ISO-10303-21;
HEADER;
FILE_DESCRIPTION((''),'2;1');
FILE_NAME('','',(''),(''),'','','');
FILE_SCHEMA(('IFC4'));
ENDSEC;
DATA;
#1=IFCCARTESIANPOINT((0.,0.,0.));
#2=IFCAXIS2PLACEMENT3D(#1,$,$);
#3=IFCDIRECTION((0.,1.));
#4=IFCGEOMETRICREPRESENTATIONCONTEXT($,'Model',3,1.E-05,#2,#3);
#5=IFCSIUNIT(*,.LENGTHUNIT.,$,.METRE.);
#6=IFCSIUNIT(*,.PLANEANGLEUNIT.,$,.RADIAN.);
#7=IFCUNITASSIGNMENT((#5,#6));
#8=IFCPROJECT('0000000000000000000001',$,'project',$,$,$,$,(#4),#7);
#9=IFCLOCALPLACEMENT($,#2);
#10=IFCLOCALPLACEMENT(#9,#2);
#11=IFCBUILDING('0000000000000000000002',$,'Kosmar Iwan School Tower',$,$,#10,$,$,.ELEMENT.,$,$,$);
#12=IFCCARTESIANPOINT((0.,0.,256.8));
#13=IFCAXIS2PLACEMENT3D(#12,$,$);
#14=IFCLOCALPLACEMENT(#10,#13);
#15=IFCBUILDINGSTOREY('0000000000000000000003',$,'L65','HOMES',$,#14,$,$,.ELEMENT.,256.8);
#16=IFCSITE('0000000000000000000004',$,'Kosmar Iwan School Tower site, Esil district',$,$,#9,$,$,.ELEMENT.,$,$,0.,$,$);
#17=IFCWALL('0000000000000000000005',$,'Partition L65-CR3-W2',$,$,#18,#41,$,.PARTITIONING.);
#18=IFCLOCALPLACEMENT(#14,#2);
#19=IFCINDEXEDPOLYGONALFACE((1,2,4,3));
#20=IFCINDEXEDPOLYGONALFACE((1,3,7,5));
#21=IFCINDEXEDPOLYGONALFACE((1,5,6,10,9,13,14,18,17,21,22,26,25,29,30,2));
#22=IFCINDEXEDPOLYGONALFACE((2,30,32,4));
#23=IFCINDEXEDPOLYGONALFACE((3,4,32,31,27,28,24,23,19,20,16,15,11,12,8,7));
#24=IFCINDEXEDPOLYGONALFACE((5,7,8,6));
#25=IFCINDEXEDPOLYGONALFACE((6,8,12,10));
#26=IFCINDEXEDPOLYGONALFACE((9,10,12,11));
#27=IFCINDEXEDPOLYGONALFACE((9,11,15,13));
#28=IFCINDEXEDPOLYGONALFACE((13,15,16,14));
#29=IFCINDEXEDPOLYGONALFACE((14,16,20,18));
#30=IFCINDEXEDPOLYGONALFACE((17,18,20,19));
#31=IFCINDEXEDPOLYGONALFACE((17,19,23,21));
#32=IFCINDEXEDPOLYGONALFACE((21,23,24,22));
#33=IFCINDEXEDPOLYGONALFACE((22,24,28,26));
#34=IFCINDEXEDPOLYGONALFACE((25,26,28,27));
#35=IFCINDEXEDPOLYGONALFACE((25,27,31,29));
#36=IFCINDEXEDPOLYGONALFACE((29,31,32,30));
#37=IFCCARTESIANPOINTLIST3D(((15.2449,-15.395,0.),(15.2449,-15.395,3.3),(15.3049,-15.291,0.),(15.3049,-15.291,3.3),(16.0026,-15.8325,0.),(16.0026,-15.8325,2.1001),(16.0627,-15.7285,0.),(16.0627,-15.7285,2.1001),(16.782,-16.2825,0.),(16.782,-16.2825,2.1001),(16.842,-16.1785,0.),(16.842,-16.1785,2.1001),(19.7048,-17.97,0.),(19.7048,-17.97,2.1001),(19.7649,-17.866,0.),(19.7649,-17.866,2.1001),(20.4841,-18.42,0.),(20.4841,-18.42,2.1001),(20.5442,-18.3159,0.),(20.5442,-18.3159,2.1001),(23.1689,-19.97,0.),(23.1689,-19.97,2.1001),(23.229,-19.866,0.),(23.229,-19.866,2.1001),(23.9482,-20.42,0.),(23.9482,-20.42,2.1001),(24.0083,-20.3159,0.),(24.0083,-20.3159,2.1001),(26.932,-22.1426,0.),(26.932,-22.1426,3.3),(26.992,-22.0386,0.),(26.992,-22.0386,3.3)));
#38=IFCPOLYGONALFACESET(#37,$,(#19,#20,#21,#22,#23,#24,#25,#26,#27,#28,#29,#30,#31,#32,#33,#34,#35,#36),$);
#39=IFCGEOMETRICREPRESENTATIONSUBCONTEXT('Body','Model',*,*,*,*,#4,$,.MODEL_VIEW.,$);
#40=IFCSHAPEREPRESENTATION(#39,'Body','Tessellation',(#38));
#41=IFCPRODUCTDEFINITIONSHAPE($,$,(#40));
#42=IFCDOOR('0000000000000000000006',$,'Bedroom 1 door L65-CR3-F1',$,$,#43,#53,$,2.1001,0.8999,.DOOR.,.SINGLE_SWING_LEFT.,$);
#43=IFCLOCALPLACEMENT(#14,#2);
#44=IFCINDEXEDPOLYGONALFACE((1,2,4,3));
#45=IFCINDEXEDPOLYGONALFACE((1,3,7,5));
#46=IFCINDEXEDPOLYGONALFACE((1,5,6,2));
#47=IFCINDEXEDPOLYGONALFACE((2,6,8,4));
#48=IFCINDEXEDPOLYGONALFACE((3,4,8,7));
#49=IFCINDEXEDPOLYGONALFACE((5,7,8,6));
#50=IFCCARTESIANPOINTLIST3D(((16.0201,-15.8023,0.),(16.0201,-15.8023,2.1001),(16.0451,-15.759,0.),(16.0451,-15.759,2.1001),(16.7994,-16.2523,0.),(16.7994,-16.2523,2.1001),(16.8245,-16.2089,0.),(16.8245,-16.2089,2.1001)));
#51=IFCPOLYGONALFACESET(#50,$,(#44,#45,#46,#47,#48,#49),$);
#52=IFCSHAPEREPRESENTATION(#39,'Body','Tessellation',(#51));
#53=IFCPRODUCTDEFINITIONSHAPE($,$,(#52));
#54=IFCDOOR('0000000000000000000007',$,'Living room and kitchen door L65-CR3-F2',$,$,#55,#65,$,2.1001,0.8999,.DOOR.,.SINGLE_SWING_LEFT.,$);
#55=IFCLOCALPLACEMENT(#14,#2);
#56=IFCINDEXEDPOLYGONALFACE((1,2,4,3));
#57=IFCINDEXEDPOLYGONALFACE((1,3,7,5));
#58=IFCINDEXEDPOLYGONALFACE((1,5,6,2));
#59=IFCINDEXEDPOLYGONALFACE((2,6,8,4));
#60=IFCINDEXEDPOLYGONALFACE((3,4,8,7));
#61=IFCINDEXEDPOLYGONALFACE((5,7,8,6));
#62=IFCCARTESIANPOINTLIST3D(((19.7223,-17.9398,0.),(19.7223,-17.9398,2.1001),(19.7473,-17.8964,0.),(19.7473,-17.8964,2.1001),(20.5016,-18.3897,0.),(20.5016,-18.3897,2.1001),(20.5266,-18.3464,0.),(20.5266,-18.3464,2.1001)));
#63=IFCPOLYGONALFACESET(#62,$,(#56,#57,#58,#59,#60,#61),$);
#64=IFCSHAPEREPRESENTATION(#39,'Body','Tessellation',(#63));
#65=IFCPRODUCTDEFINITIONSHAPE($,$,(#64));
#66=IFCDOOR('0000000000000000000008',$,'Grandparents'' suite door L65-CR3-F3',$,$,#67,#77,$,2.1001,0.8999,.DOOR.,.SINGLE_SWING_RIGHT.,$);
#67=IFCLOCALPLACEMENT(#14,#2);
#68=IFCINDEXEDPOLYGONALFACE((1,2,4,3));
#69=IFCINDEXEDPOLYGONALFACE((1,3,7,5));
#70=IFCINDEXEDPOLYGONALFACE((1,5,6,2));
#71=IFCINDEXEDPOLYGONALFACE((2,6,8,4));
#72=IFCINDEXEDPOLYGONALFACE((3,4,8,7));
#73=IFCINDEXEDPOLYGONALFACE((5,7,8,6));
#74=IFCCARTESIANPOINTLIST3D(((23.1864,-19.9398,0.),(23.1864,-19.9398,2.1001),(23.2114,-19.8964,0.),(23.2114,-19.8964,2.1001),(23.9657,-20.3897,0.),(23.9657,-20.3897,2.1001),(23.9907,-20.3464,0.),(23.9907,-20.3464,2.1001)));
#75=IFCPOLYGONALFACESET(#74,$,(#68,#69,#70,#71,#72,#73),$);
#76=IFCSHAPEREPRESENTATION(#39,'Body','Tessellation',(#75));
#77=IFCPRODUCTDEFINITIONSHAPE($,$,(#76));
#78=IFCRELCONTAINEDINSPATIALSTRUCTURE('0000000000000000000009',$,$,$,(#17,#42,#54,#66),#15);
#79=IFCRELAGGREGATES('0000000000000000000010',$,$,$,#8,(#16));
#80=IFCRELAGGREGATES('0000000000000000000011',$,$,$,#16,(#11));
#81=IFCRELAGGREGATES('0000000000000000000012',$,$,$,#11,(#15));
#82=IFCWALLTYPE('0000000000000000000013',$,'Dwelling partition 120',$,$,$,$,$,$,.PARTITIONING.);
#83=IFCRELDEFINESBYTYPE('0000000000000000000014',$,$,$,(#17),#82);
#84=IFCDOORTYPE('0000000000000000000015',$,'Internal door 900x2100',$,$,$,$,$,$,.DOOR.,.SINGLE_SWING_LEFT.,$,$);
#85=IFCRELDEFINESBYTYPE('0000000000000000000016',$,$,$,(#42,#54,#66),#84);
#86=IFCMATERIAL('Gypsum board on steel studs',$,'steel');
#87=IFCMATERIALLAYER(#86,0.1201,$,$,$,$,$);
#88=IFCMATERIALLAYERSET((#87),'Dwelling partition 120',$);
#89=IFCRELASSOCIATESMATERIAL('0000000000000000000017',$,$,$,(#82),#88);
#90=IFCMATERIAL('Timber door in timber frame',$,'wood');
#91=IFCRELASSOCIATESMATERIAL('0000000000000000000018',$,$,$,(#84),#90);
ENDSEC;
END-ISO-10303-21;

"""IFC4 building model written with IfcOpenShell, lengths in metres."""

from ifc_helpers import new_model, si_unit, direction, frame, frame_2d, origin, place, context, subcontext, project, spatial, rectangle, extrude, material, layer, layer_set, type_object, element, fill, save


model = new_model("IFC4")

# Units and contexts
model_context = context("Model", 3, precision=1e-05, world=origin(), true_north=direction((0.0, 1.0)))
body_context = subcontext(model_context, "Body", "Model", "MODEL_VIEW")
ifc_project = project(units=[si_unit("LENGTHUNIT", "METRE"), si_unit("PLANEANGLEUNIT", "RADIAN")], contexts=[model_context])

# Site, building, storey
site_placement = place(None, origin())
site = spatial("IfcSite", under=ifc_project, at=site_placement, Name="Kosmar Iwan School Tower site, Esil district", CompositionType="ELEMENT", RefElevation=0.0)
building_placement = place(site_placement, origin())
building = spatial("IfcBuilding", under=site, at=building_placement, Name="Kosmar Iwan School Tower", CompositionType="ELEMENT")
storey_placement = place(building_placement, frame((0.0, 0.0, 256.8)))
storey = spatial("IfcBuildingStorey", under=building, at=storey_placement, Name="L65", Description="HOMES", CompositionType="ELEMENT", Elevation=256.8)

# Wall, openings, doors
ifc_material_1 = material(Name="Gypsum board on steel studs", Category="steel")
ifc_layer = layer(ifc_material_1, 0.1201)
ifc_layer_set = layer_set([ifc_layer], Name="Dwelling partition 120")
wall_type = type_object("IfcWallType", Name="Dwelling partition 120", PredefinedType="PARTITIONING", material=ifc_layer_set)
ifc_material_2 = material(Name="Timber door in timber frame", Category="wood")
door_type_1 = type_object("IfcDoorType", Name="Internal door 900x2100", OperationType="SINGLE_SWING_LEFT", PredefinedType="DOOR", material=ifc_material_2)
wall_1_placement = place(storey_placement, frame((15.2749, -15.343, 0.0), z_axis=(0.0, 0.0, 1.0), x_axis=(0.866024, -0.500003, 0.0)))
wall_1 = element("IfcWall", 1, at=wall_1_placement, inside=storey, type_object=wall_type, Name="Partition L65-CR3-W2", PredefinedType="PARTITIONING", context=body_context, shape_type="SweptSolid", body=[
    extrude(rectangle(XDim=13.4951, YDim=0.1201, at=frame_2d((6.7476, 0.0))), origin(), (0.0, 0.0, 1.0), 3.3),
])
opening_1_placement = place(wall_1_placement, frame((0.875, 0.0, 0.0)))
opening_1 = element("IfcOpeningElement", 2, at=opening_1_placement, cuts=wall_1, PredefinedType="OPENING", context=body_context, shape_type="SweptSolid", body=[
    extrude(rectangle(XDim=0.8999, YDim=2.1001, at=frame_2d((0.45, 1.05))), frame((0.0, 0.072, 0.0), z_axis=(0.0, -1.0, 0.0), x_axis=(1.0, 0.0, 0.0)), (0.0, 0.0, 1.0), 0.144),
])
opening_2_placement = place(wall_1_placement, frame((5.1499, 0.0, 0.0)))
opening_2 = element("IfcOpeningElement", 3, at=opening_2_placement, cuts=wall_1, PredefinedType="OPENING", context=body_context, shape_type="SweptSolid", body=[
    extrude(rectangle(XDim=0.8999, YDim=2.1001, at=frame_2d((0.45, 1.05))), frame((0.0, 0.072, 0.0), z_axis=(0.0, -1.0, 0.0), x_axis=(1.0, 0.0, 0.0)), (0.0, 0.0, 1.0), 0.144),
])
opening_3_placement = place(wall_1_placement, frame((9.1499, 0.0, 0.0)))
opening_3 = element("IfcOpeningElement", 4, at=opening_3_placement, cuts=wall_1, PredefinedType="OPENING", context=body_context, shape_type="SweptSolid", body=[
    extrude(rectangle(XDim=0.8999, YDim=2.1001, at=frame_2d((0.45, 1.05))), frame((0.0, 0.072, 0.0), z_axis=(0.0, -1.0, 0.0), x_axis=(1.0, 0.0, 0.0)), (0.0, 0.0, 1.0), 0.144),
])
door_1_placement = place(opening_1_placement, origin())
door_1 = element("IfcDoor", 5, at=door_1_placement, inside=storey, type_object=door_type_1, Name="Bedroom 1 door L65-CR3-F1", OperationType="SINGLE_SWING_LEFT", OverallHeight=2.1001, OverallWidth=0.8999, PredefinedType="DOOR", context=body_context, shape_type="SweptSolid", body=[
    extrude(rectangle(XDim=0.8999, YDim=2.1001, at=frame_2d((0.45, 1.05))), frame((0.0, 0.0249, 0.0), z_axis=(0.0, -1.0, 0.0), x_axis=(1.0, 0.0, 0.0)), (0.0, 0.0, 1.0), 0.05),
])
fill(opening_1, door_1)
door_2_placement = place(opening_2_placement, origin())
door_2 = element("IfcDoor", 6, at=door_2_placement, inside=storey, type_object=door_type_1, Name="Living room and kitchen door L65-CR3-F2", OperationType="SINGLE_SWING_LEFT", OverallHeight=2.1001, OverallWidth=0.8999, PredefinedType="DOOR", context=body_context, shape_type="SweptSolid", body=[
    extrude(rectangle(XDim=0.8999, YDim=2.1001, at=frame_2d((0.45, 1.05))), frame((0.0, 0.0249, 0.0), z_axis=(0.0, -1.0, 0.0), x_axis=(1.0, 0.0, 0.0)), (0.0, 0.0, 1.0), 0.05),
])
fill(opening_2, door_2)
door_3_placement = place(opening_3_placement, origin())
door_3 = element("IfcDoor", 7, at=door_3_placement, inside=storey, type_object=door_type_1, Name="Grandparents' suite door L65-CR3-F3", OperationType="SINGLE_SWING_RIGHT", OverallHeight=2.1001, OverallWidth=0.8999, PredefinedType="DOOR", context=body_context, shape_type="SweptSolid", body=[
    extrude(rectangle(XDim=0.8999, YDim=2.1001, at=frame_2d((0.45, 1.05))), frame((0.0, 0.0249, 0.0), z_axis=(0.0, -1.0, 0.0), x_axis=(1.0, 0.0, 0.0)), (0.0, 0.0, 1.0), 0.05),
])
fill(opening_3, door_3)

save(model, "model.ifc")
